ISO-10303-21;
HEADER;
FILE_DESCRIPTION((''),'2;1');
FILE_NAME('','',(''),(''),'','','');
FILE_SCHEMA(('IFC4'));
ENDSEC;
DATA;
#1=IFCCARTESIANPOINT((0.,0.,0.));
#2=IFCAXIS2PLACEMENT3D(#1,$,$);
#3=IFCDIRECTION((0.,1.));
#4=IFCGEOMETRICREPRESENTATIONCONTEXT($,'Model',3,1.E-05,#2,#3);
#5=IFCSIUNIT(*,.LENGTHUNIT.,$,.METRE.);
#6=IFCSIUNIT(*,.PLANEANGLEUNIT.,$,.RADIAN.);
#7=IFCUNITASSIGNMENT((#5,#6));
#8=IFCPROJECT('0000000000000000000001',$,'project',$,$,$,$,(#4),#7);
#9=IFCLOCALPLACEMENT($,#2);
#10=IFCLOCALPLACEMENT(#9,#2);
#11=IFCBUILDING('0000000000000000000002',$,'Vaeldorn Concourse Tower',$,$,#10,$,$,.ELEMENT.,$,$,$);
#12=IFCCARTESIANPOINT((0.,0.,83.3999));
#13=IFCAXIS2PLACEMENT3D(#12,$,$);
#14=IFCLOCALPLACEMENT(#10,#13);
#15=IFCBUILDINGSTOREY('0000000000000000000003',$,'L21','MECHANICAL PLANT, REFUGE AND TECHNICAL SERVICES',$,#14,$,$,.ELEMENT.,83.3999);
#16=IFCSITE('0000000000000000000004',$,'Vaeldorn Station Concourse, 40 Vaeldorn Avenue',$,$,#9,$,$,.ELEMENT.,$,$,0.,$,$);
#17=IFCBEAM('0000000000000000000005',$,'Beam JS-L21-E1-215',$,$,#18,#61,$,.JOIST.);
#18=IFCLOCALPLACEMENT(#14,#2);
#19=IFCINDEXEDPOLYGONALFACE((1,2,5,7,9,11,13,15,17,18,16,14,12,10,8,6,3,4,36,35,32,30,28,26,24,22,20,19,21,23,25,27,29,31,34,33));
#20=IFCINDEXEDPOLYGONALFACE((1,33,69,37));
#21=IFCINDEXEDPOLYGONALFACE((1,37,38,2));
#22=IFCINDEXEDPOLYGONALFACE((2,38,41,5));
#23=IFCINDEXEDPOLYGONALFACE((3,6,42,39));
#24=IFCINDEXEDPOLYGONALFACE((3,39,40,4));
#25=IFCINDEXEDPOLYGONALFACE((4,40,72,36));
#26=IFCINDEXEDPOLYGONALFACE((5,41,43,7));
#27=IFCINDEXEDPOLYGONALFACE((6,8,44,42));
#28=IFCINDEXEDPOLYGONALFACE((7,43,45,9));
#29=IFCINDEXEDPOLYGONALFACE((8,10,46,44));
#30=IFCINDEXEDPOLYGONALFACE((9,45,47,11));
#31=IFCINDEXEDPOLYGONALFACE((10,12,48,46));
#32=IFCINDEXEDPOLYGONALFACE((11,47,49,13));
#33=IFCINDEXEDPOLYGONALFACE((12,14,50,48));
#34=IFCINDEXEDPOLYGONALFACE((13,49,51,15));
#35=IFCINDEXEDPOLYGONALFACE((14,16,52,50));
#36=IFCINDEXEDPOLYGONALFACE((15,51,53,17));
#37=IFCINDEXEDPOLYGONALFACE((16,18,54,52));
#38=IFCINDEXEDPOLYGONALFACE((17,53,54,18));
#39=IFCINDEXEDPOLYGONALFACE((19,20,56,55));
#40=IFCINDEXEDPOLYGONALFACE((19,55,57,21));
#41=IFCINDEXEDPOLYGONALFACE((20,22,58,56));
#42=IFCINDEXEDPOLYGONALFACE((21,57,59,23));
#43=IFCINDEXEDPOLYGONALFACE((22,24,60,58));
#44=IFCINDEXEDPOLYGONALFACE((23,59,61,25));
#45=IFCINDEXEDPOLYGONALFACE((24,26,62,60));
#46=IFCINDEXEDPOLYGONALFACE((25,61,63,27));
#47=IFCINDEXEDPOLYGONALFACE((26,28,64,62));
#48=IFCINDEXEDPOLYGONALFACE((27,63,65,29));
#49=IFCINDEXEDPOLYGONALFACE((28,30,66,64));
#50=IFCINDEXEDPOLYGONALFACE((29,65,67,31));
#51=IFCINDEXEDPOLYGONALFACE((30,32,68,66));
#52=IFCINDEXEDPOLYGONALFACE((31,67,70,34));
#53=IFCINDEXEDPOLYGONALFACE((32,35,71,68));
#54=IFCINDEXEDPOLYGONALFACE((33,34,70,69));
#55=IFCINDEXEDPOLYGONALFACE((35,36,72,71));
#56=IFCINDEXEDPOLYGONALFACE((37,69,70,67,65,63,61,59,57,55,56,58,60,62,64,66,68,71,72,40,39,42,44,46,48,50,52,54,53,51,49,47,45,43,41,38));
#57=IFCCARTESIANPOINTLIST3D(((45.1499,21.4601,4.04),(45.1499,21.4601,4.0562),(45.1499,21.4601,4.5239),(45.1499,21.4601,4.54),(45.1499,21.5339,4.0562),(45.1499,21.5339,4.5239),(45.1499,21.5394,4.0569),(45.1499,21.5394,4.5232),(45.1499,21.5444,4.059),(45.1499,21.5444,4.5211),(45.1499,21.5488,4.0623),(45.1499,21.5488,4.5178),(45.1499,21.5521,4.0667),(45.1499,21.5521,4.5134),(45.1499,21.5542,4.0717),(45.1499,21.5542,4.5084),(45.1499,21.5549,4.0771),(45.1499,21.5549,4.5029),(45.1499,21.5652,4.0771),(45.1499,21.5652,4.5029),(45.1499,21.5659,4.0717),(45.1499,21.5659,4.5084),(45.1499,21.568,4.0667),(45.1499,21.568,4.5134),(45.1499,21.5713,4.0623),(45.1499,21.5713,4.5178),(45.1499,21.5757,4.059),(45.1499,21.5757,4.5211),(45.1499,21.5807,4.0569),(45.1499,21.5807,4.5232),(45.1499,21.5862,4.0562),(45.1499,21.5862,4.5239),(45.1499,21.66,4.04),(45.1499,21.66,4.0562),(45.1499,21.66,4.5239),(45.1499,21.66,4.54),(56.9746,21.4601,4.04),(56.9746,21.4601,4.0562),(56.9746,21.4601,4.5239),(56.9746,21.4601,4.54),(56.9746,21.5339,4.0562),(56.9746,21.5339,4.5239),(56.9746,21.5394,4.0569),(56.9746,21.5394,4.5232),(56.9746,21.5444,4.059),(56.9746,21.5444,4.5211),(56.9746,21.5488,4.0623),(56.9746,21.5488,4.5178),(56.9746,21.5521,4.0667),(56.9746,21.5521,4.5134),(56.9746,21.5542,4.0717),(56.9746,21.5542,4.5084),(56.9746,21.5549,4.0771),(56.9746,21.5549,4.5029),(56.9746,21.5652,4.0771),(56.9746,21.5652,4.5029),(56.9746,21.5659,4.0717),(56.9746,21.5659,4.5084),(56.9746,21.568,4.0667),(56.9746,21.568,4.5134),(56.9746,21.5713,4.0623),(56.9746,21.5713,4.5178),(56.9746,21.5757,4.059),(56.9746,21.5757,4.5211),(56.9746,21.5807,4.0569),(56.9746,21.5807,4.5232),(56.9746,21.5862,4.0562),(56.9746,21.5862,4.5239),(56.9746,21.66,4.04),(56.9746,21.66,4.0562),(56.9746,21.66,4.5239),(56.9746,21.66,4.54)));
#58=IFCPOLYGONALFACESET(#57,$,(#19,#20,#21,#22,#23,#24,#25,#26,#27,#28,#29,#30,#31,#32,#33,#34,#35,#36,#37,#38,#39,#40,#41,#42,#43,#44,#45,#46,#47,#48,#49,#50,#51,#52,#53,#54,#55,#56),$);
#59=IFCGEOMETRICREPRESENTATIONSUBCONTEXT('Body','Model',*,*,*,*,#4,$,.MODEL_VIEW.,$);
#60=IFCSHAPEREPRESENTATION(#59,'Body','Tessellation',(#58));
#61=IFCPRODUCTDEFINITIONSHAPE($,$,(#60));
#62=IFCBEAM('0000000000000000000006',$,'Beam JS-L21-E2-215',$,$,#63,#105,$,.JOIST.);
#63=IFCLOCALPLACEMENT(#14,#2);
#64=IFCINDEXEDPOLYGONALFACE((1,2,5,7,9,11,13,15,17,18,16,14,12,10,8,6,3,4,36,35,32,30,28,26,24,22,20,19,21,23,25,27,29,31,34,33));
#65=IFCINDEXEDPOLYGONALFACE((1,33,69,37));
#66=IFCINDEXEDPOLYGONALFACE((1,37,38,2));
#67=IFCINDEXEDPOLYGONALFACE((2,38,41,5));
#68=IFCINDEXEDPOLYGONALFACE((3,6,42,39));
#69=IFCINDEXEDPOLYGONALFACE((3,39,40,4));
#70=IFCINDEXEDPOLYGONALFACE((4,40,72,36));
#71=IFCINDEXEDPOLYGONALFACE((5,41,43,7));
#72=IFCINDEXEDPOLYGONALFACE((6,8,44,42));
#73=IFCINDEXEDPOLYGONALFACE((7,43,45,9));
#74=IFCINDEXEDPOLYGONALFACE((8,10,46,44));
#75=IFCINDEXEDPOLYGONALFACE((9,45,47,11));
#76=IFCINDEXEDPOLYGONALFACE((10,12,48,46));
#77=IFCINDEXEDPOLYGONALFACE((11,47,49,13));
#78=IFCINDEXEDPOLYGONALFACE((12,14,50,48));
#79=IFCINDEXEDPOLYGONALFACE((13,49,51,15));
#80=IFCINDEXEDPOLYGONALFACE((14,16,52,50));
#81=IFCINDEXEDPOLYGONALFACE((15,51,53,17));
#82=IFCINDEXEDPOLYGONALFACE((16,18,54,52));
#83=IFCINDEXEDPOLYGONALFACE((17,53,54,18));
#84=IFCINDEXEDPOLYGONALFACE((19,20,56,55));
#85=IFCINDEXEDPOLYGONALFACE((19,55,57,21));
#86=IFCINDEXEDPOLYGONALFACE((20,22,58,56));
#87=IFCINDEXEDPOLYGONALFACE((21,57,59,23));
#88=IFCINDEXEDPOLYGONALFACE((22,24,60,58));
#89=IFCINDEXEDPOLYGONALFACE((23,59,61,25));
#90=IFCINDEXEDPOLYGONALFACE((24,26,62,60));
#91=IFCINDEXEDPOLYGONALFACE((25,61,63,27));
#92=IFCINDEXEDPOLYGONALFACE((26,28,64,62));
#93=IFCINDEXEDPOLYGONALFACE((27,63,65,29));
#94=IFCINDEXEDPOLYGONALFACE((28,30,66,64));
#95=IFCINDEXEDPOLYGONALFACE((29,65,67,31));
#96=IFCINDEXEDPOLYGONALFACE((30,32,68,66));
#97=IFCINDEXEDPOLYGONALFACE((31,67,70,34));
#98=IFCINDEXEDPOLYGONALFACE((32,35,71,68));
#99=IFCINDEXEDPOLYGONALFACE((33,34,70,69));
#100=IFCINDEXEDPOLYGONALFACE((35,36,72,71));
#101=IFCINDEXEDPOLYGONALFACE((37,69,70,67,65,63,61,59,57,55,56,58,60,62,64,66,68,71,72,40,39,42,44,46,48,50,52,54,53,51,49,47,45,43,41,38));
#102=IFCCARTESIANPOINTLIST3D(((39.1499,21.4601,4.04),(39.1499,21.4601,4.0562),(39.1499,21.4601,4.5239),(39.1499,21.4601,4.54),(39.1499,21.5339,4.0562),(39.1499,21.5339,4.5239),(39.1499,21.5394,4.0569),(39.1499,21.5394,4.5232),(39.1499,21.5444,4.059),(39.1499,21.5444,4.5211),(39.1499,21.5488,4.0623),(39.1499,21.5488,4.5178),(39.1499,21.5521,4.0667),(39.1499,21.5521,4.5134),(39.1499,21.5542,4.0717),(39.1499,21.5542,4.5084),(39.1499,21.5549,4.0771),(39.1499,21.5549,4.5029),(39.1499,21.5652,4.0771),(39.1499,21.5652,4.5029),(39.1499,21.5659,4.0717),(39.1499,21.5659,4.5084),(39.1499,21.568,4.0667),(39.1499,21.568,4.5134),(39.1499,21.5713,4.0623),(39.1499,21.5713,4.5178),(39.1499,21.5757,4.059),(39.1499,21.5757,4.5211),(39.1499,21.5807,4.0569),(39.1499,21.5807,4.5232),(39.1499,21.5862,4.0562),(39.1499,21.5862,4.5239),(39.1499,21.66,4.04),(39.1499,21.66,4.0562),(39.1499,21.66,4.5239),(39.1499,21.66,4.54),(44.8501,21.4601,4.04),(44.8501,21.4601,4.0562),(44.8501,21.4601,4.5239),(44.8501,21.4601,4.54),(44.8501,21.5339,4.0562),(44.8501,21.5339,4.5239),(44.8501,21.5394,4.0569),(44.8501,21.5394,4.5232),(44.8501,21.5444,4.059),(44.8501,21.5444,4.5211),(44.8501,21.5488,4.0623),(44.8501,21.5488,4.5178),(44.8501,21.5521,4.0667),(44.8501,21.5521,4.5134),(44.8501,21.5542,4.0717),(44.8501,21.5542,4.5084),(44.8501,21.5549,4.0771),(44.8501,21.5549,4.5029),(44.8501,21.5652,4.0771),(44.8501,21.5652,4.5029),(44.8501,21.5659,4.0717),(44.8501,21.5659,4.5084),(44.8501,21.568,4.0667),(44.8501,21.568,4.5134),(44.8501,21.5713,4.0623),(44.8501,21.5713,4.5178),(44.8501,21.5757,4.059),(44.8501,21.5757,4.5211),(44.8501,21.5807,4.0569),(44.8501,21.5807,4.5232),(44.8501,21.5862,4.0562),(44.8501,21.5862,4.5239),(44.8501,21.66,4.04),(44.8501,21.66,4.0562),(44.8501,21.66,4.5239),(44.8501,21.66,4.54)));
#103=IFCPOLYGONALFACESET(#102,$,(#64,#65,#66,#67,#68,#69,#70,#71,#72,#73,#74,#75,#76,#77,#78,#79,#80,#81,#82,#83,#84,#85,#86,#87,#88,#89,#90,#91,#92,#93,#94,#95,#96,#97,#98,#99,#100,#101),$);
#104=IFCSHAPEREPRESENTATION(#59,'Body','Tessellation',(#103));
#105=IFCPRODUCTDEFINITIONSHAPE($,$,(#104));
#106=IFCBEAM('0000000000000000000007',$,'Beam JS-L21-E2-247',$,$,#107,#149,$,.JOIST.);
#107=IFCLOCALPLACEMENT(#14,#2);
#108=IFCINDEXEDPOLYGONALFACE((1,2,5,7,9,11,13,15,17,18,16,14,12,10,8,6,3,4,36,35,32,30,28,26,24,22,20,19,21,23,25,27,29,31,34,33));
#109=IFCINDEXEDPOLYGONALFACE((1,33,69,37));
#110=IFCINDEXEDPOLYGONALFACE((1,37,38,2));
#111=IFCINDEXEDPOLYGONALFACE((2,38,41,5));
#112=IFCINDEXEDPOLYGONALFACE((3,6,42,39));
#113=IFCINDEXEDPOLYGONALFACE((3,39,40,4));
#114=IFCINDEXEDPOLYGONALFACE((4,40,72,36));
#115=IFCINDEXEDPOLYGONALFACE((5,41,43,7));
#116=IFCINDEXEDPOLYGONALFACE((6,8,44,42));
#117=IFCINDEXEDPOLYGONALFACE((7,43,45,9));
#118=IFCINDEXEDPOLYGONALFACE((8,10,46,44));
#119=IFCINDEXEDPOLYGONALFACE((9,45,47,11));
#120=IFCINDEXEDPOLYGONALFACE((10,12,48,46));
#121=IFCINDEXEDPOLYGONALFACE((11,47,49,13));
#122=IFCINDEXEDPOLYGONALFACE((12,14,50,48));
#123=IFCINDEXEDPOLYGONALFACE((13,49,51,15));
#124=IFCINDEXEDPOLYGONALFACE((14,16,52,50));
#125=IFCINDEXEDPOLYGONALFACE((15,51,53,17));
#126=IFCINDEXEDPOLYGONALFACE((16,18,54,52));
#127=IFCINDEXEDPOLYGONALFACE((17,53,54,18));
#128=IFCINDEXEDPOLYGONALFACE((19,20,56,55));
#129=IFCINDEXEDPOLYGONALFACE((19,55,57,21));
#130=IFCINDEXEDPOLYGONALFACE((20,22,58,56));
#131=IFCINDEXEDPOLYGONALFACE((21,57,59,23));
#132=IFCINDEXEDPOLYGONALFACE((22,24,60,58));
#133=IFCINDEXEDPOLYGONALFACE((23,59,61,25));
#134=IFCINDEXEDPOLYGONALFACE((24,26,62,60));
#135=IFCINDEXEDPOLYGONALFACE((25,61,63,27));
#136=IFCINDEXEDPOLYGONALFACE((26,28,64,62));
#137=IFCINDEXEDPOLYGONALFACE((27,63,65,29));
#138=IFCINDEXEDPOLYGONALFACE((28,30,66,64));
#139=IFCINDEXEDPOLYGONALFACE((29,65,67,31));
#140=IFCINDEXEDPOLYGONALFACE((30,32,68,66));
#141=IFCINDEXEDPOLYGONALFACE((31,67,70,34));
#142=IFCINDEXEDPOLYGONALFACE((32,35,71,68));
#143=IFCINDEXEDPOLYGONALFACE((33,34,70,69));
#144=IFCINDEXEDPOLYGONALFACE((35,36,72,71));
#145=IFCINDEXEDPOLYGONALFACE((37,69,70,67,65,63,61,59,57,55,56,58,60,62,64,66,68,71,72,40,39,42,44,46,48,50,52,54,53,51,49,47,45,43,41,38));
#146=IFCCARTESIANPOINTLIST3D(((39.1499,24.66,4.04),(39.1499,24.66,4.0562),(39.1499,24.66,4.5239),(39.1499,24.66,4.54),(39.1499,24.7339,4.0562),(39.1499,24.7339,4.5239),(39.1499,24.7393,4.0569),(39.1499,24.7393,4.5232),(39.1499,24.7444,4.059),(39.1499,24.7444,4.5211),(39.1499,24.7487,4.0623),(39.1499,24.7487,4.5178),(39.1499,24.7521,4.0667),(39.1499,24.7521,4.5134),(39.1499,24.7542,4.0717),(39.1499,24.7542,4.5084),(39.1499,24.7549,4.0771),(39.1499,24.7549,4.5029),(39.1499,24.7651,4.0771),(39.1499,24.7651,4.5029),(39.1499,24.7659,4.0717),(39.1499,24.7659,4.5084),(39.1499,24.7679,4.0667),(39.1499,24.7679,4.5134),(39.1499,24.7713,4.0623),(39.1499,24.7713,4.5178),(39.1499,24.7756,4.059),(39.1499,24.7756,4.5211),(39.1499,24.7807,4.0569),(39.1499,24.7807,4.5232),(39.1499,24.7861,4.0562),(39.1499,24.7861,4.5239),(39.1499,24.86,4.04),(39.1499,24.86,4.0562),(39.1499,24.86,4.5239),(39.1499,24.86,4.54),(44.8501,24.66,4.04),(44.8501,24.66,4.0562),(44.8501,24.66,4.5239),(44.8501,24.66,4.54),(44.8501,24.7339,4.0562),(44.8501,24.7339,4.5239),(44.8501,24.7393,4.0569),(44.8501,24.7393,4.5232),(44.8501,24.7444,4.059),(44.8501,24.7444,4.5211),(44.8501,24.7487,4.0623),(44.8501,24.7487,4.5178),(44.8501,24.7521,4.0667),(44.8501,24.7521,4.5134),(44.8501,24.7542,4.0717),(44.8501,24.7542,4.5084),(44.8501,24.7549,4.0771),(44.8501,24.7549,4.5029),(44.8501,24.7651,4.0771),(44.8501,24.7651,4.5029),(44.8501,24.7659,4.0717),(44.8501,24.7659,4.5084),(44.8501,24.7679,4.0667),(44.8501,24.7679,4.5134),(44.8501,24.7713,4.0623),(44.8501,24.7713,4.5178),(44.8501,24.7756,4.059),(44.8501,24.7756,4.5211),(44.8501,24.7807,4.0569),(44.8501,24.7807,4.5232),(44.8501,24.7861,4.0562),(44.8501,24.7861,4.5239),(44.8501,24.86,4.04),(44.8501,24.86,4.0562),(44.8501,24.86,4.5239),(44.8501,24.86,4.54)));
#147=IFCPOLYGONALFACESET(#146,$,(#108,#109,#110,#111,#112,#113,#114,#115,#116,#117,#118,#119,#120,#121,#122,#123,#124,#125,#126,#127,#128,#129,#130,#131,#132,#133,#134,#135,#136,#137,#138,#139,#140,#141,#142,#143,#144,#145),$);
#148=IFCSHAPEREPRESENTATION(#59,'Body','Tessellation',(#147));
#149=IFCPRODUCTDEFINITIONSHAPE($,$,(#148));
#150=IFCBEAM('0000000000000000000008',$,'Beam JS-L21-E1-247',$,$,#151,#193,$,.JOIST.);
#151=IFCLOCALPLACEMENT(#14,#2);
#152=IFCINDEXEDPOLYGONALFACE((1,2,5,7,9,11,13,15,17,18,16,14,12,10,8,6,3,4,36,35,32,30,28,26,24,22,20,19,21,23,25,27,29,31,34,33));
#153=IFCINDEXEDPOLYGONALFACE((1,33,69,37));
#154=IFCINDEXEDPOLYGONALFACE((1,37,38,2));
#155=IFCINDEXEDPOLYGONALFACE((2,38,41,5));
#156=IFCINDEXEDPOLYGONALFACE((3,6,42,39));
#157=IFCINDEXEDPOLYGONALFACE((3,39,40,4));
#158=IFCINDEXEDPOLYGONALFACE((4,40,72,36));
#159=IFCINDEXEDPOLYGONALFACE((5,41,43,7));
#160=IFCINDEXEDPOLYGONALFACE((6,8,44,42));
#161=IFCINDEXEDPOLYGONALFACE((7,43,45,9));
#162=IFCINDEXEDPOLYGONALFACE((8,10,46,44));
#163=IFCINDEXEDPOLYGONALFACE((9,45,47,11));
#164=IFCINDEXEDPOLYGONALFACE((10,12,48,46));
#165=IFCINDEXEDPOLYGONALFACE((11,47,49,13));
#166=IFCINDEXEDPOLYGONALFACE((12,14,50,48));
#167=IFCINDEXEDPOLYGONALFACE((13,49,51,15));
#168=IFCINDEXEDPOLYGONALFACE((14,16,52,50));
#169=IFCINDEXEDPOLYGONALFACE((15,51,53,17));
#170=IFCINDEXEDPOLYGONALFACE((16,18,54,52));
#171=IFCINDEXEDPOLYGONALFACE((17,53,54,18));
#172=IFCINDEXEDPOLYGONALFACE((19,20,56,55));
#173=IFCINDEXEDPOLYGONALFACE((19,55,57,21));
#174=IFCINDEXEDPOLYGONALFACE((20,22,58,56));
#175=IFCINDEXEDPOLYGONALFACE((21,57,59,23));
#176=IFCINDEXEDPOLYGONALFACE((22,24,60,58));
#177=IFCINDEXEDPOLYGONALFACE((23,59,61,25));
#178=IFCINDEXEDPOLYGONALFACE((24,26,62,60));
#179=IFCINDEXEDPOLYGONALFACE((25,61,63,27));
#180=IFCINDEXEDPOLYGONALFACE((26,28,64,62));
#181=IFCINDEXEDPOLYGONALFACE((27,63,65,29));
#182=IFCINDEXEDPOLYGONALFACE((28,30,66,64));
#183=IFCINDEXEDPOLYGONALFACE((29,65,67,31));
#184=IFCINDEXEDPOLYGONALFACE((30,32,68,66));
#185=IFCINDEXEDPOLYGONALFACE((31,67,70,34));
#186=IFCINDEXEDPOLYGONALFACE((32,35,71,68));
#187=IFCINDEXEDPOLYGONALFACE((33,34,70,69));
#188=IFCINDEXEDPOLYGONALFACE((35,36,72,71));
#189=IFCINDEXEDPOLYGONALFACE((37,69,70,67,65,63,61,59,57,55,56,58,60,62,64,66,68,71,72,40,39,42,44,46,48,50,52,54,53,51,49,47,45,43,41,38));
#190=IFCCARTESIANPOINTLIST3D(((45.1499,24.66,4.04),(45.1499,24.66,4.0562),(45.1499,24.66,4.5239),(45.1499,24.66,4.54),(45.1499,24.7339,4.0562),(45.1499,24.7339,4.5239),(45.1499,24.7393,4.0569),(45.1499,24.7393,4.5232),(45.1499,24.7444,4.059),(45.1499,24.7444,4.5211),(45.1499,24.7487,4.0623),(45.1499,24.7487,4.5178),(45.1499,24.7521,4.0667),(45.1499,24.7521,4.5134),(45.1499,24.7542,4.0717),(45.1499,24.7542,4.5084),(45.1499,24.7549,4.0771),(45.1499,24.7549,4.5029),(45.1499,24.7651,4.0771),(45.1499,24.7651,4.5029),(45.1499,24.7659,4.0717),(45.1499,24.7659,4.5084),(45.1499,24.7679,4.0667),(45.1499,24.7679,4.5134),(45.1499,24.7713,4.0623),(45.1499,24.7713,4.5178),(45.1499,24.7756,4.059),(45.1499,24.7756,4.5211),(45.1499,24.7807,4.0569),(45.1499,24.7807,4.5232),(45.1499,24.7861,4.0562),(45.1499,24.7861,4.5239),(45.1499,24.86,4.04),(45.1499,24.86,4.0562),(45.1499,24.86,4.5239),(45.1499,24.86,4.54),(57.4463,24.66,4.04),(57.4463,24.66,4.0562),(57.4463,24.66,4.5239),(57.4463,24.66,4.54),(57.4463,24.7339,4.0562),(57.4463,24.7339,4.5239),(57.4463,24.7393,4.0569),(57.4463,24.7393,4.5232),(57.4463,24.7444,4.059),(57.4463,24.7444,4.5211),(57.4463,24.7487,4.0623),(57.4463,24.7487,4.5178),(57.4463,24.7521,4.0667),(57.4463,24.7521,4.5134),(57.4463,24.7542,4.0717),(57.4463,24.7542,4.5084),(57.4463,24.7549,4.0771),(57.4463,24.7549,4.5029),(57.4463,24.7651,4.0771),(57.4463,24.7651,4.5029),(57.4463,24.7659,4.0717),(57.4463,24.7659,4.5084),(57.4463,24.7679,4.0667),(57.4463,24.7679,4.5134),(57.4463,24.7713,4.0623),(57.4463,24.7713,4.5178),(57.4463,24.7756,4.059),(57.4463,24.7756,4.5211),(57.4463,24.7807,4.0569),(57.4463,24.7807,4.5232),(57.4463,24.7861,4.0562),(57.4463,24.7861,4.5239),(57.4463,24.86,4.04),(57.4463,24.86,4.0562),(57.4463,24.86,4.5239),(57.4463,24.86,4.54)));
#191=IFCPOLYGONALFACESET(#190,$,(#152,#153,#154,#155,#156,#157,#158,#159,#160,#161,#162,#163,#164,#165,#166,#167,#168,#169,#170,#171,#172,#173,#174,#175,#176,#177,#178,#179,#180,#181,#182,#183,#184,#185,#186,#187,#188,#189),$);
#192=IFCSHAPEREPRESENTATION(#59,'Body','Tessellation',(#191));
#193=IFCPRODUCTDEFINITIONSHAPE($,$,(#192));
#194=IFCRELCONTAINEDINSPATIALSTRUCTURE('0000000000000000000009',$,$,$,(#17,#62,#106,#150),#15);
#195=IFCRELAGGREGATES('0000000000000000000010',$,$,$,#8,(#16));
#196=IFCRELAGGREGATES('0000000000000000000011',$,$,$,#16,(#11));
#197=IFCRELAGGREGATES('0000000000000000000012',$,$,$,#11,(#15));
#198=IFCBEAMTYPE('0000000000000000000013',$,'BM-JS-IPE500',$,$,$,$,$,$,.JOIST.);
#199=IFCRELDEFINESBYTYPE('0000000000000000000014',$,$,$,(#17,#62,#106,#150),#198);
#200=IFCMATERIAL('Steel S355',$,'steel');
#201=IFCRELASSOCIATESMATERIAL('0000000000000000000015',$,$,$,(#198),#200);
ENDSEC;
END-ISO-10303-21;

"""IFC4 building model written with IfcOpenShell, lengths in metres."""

from ifc_helpers import new_model, si_unit, direction, frame, origin, origin_2d, place, context, subcontext, project, spatial, i_section, extrude, source, transform, mapped, material, material_profile, profile_set, type_object, element, save


model = new_model("IFC4")

# Units and contexts
model_context = context("Model", 3, precision=1e-05, world=origin(), true_north=direction((0.0, 1.0)))
body_context = subcontext(model_context, "Body", "Model", "MODEL_VIEW")
ifc_project = project(units=[si_unit("LENGTHUNIT", "METRE"), si_unit("PLANEANGLEUNIT", "RADIAN")], contexts=[model_context])

# Site, building, storey
site_placement = place(None, origin())
site = spatial("IfcSite", under=ifc_project, at=site_placement, Name="Vaeldorn Station Concourse, 40 Vaeldorn Avenue", CompositionType="ELEMENT", RefElevation=0.0)
building_placement = place(site_placement, origin())
building = spatial("IfcBuilding", under=site, at=building_placement, Name="Vaeldorn Concourse Tower", CompositionType="ELEMENT")
storey_placement = place(building_placement, frame((0.0, 0.0, 83.3999)))
storey = spatial("IfcBuildingStorey", under=building, at=storey_placement, Name="L21", Description="MECHANICAL PLANT, REFUGE AND TECHNICAL SERVICES", CompositionType="ELEMENT", Elevation=83.3999)

# Beams
ifc_material_1 = material(Name="Steel S355", Category="steel")
ifc_material_profile_1 = material_profile(ifc_material_1, i_section(OverallWidth=0.2, OverallDepth=0.5, WebThickness=0.0103, FlangeThickness=0.0161, FilletRadius=0.021, at=origin_2d()), Name="IPE 500")
ifc_profile_set_1 = profile_set([ifc_material_profile_1], Name="Steel S355")
beam_type_1 = type_object("IfcBeamType", Name="BM-JS-IPE500", PredefinedType="JOIST", material=ifc_profile_set_1)
shared_shape_1 = source(origin(), body_context, "Body", "SweptSolid", [
    extrude(i_section(OverallWidth=0.2, OverallDepth=0.5, WebThickness=0.0103, FlangeThickness=0.0161, FilletRadius=0.021, at=origin_2d()), origin(), (0.0, 0.0, 1.0), 11.8247),
])
beam_1_placement = place(storey_placement, frame((45.1499, 21.5601, 4.29), z_axis=(1.0, 0.0, 0.0), x_axis=(0.0, 1.0, 0.0)))
element("IfcBeam", 1, at=beam_1_placement, inside=storey, type_object=beam_type_1, Name="Beam JS-L21-E1-215", PredefinedType="JOIST", context=body_context, shape_type="MappedRepresentation", body=[
    mapped(shared_shape_1, transform((0.0, 0.0, 0.0), scale=1.0)),
])
shared_shape_2 = source(origin(), body_context, "Body", "SweptSolid", [
    extrude(i_section(OverallWidth=0.2, OverallDepth=0.5, WebThickness=0.0103, FlangeThickness=0.0161, FilletRadius=0.021, at=origin_2d()), origin(), (0.0, 0.0, 1.0), 5.7002),
])
for number, where, z_axis, x_axis, name in (
    (2, (39.1499, 21.5601, 4.29), (1.0, 0.0, 0.0), (0.0, 1.0, 0.0), "Beam JS-L21-E2-215"),
    (3, (39.1499, 24.76, 4.29), (1.0, 0.0, 0.0), (0.0, 1.0, 0.0), "Beam JS-L21-E2-247"),
):
    element("IfcBeam", number, at=place(storey_placement, frame(where, z_axis=z_axis, x_axis=x_axis)), inside=storey, type_object=beam_type_1, Name=name, PredefinedType="JOIST", context=body_context, shape_type="MappedRepresentation", body=[
        mapped(shared_shape_2, transform((0.0, 0.0, 0.0), scale=1.0)),
    ])
shared_shape_3 = source(origin(), body_context, "Body", "SweptSolid", [
    extrude(i_section(OverallWidth=0.2, OverallDepth=0.5, WebThickness=0.0103, FlangeThickness=0.0161, FilletRadius=0.021, at=origin_2d()), origin(), (0.0, 0.0, 1.0), 12.2964),
])
beam_2_placement = place(storey_placement, frame((45.1499, 24.76, 4.29), z_axis=(1.0, 0.0, 0.0), x_axis=(0.0, 1.0, 0.0)))
element("IfcBeam", 4, at=beam_2_placement, inside=storey, type_object=beam_type_1, Name="Beam JS-L21-E1-247", PredefinedType="JOIST", context=body_context, shape_type="MappedRepresentation", body=[
    mapped(shared_shape_3, transform((0.0, 0.0, 0.0), scale=1.0)),
])

save(model, "model.ifc")
